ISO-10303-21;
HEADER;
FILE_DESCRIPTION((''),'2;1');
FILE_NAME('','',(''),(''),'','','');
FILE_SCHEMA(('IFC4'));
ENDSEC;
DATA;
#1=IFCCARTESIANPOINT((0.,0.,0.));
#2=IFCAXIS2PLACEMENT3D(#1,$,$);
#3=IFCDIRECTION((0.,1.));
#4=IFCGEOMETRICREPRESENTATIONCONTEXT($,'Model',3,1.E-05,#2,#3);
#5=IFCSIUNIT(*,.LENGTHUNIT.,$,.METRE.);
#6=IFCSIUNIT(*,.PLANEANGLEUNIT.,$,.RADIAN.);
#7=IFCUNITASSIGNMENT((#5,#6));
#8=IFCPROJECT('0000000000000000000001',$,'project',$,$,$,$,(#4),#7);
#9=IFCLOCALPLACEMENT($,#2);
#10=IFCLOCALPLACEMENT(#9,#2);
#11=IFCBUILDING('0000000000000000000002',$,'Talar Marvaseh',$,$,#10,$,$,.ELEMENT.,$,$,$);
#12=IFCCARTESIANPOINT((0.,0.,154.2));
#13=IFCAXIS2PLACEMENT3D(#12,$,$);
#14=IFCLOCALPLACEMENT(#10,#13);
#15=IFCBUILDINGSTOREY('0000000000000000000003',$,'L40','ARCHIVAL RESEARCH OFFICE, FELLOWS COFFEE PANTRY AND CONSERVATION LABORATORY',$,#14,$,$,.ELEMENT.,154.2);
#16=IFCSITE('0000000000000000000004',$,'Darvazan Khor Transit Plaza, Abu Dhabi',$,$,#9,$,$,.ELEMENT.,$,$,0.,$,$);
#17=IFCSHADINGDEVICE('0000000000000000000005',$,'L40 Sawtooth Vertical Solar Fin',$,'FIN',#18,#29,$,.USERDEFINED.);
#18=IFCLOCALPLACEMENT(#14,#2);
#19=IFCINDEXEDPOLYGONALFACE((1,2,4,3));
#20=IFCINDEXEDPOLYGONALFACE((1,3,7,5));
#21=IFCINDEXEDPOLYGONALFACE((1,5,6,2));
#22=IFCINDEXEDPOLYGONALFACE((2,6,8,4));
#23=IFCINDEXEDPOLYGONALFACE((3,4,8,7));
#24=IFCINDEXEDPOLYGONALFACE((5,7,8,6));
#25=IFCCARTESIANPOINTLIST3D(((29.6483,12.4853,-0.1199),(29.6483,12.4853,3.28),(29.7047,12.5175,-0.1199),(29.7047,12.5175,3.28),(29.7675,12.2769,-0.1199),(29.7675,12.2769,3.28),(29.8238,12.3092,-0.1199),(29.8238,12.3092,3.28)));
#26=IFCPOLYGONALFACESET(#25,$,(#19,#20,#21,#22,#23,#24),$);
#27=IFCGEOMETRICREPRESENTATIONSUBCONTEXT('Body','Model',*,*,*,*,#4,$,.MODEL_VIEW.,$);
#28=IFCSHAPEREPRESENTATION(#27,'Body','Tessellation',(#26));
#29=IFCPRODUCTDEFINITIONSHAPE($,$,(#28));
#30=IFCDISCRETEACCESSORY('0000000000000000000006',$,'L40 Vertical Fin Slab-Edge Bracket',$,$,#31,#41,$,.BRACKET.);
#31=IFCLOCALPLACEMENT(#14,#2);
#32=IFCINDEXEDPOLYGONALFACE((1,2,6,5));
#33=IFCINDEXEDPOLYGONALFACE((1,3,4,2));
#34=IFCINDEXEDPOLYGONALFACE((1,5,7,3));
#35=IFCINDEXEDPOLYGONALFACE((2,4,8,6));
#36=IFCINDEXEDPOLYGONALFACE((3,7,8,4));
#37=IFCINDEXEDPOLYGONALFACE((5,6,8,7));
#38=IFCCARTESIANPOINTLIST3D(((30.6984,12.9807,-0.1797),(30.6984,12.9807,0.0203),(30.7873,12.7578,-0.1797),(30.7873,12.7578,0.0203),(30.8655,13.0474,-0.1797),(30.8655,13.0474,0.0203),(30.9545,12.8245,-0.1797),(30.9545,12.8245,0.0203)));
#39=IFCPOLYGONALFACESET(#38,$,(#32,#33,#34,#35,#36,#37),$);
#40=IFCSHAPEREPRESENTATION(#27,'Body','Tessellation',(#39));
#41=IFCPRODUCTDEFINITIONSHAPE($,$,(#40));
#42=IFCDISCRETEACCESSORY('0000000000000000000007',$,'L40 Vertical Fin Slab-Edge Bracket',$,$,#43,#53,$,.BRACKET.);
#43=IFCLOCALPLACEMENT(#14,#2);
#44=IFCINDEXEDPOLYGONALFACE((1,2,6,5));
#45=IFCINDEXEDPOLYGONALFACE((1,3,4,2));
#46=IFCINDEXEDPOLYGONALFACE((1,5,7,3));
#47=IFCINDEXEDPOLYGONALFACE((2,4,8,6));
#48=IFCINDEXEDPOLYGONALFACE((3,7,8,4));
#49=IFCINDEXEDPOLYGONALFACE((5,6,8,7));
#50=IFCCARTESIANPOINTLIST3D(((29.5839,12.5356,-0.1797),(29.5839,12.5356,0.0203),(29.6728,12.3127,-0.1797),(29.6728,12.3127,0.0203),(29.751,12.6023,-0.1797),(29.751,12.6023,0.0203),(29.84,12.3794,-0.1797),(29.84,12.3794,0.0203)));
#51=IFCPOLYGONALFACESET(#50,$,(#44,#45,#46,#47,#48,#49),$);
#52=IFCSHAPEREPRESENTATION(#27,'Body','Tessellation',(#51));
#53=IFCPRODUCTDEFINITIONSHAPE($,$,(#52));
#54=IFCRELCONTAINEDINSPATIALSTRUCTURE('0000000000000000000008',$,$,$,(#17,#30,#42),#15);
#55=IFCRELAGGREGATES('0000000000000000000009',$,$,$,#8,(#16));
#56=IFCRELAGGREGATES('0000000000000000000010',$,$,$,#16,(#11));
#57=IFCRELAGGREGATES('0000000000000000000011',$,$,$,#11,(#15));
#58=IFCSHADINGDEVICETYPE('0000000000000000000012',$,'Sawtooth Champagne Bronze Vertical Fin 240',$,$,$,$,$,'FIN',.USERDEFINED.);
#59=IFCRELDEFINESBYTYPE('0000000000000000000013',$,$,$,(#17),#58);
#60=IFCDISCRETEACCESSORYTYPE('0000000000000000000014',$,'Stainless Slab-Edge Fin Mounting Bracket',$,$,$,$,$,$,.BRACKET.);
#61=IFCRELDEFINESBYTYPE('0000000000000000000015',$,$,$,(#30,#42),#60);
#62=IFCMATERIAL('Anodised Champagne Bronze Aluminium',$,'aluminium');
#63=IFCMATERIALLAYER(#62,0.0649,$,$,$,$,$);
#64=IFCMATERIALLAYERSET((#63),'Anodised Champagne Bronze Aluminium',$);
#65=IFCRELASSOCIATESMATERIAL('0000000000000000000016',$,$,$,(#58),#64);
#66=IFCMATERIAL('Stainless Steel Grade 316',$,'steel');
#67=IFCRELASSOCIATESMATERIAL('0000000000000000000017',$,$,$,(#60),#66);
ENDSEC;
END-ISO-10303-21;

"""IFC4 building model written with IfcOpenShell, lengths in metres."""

from ifc_helpers import new_model, si_unit, direction, frame, origin, origin_2d, place, context, subcontext, project, spatial, rectangle, extrude, source, transform, mapped, material, layer, layer_set, type_object, type_shapes, element, save


model = new_model("IFC4")

# Units and contexts
model_context = context("Model", 3, precision=1e-05, world=origin(), true_north=direction((0.0, 1.0)))
body_context = subcontext(model_context, "Body", "Model", "MODEL_VIEW")
ifc_project = project(units=[si_unit("LENGTHUNIT", "METRE"), si_unit("PLANEANGLEUNIT", "RADIAN")], contexts=[model_context])

# Site, building, storey
site_placement = place(None, origin())
site = spatial("IfcSite", under=ifc_project, at=site_placement, Name="Darvazan Khor Transit Plaza, Abu Dhabi", CompositionType="ELEMENT", RefElevation=0.0)
building_placement = place(site_placement, origin())
building = spatial("IfcBuilding", under=site, at=building_placement, Name="Talar Marvaseh", CompositionType="ELEMENT")
storey_placement = place(building_placement, frame((0.0, 0.0, 154.2)))
storey = spatial("IfcBuildingStorey", under=building, at=storey_placement, Name="L40", Description="ARCHIVAL RESEARCH OFFICE, FELLOWS COFFEE PANTRY AND CONSERVATION LABORATORY", CompositionType="ELEMENT", Elevation=154.2)

# Shared definitions
ifc_material_1 = material(Name="Stainless Steel Grade 316", Category="steel")

# Shading device
ifc_material_2 = material(Name="Anodised Champagne Bronze Aluminium", Category="aluminium")
ifc_layer_1 = layer(ifc_material_2, 0.0649)
ifc_layer_set_1 = layer_set([ifc_layer_1], Name="Anodised Champagne Bronze Aluminium")
shading_device_type = type_object("IfcShadingDeviceType", Name="Sawtooth Champagne Bronze Vertical Fin 240", ElementType="FIN", PredefinedType="USERDEFINED", material=ifc_layer_set_1)
shared_shape_1 = source(origin(), body_context, "Body", "SweptSolid", [
    extrude(rectangle(XDim=0.24, YDim=0.0649, at=origin_2d()), origin(), (0.0, 0.0, 1.0), 3.3999),
])
type_shapes(shading_device_type, [shared_shape_1])
for number, where, z_axis, x_axis, name in (
    (1, (29.7361, 12.3972, -0.1199), (0.0, 0.0, 1.0), (0.496368, -0.868112, 0.0), "L40 Sawtooth Vertical Solar Fin"),
):
    element("IfcShadingDevice", number, at=place(storey_placement, frame(where, z_axis=z_axis, x_axis=x_axis)), inside=storey, type_object=shading_device_type, Name=name, ObjectType="FIN", PredefinedType="USERDEFINED", context=body_context, shape_type="MappedRepresentation", body=[
        mapped(shared_shape_1, transform((0.0, 0.0, 0.0), x_axis=(1.0, 0.0, 0.0), y_axis=(0.0, 1.0, 0.0), z_axis=(0.0, 0.0, 1.0), scale=1.0)),
    ])

# Discrete accessories
discrete_accessory_type = type_object("IfcDiscreteAccessoryType", Name="Stainless Slab-Edge Fin Mounting Bracket", PredefinedType="BRACKET", material=ifc_material_1)
shared_shape_2 = source(origin(), body_context, "Body", "SweptSolid", [
    extrude(rectangle(XDim=0.24, YDim=0.1799, at=origin_2d()), origin(), (0.0, 0.0, 1.0), 0.2),
])
type_shapes(discrete_accessory_type, [shared_shape_2])
for number, where, z_axis, x_axis, name in (
    (2, (30.8264, 12.9026, -0.1797), (0.0, 0.0, 1.0), (0.37072, -0.928745, 0.0), "L40 Vertical Fin Slab-Edge Bracket"),
    (3, (29.7119, 12.4575, -0.1797), (0.0, 0.0, 1.0), (0.37072, -0.928745, 0.0), "L40 Vertical Fin Slab-Edge Bracket"),
):
    element("IfcDiscreteAccessory", number, at=place(storey_placement, frame(where, z_axis=z_axis, x_axis=x_axis)), inside=storey, type_object=discrete_accessory_type, Name=name, PredefinedType="BRACKET", context=body_context, shape_type="MappedRepresentation", body=[
        mapped(shared_shape_2, transform((0.0, 0.0, 0.0), x_axis=(1.0, 0.0, 0.0), y_axis=(0.0, 1.0, 0.0), z_axis=(0.0, 0.0, 1.0), scale=1.0)),
    ])

save(model, "model.ifc")
